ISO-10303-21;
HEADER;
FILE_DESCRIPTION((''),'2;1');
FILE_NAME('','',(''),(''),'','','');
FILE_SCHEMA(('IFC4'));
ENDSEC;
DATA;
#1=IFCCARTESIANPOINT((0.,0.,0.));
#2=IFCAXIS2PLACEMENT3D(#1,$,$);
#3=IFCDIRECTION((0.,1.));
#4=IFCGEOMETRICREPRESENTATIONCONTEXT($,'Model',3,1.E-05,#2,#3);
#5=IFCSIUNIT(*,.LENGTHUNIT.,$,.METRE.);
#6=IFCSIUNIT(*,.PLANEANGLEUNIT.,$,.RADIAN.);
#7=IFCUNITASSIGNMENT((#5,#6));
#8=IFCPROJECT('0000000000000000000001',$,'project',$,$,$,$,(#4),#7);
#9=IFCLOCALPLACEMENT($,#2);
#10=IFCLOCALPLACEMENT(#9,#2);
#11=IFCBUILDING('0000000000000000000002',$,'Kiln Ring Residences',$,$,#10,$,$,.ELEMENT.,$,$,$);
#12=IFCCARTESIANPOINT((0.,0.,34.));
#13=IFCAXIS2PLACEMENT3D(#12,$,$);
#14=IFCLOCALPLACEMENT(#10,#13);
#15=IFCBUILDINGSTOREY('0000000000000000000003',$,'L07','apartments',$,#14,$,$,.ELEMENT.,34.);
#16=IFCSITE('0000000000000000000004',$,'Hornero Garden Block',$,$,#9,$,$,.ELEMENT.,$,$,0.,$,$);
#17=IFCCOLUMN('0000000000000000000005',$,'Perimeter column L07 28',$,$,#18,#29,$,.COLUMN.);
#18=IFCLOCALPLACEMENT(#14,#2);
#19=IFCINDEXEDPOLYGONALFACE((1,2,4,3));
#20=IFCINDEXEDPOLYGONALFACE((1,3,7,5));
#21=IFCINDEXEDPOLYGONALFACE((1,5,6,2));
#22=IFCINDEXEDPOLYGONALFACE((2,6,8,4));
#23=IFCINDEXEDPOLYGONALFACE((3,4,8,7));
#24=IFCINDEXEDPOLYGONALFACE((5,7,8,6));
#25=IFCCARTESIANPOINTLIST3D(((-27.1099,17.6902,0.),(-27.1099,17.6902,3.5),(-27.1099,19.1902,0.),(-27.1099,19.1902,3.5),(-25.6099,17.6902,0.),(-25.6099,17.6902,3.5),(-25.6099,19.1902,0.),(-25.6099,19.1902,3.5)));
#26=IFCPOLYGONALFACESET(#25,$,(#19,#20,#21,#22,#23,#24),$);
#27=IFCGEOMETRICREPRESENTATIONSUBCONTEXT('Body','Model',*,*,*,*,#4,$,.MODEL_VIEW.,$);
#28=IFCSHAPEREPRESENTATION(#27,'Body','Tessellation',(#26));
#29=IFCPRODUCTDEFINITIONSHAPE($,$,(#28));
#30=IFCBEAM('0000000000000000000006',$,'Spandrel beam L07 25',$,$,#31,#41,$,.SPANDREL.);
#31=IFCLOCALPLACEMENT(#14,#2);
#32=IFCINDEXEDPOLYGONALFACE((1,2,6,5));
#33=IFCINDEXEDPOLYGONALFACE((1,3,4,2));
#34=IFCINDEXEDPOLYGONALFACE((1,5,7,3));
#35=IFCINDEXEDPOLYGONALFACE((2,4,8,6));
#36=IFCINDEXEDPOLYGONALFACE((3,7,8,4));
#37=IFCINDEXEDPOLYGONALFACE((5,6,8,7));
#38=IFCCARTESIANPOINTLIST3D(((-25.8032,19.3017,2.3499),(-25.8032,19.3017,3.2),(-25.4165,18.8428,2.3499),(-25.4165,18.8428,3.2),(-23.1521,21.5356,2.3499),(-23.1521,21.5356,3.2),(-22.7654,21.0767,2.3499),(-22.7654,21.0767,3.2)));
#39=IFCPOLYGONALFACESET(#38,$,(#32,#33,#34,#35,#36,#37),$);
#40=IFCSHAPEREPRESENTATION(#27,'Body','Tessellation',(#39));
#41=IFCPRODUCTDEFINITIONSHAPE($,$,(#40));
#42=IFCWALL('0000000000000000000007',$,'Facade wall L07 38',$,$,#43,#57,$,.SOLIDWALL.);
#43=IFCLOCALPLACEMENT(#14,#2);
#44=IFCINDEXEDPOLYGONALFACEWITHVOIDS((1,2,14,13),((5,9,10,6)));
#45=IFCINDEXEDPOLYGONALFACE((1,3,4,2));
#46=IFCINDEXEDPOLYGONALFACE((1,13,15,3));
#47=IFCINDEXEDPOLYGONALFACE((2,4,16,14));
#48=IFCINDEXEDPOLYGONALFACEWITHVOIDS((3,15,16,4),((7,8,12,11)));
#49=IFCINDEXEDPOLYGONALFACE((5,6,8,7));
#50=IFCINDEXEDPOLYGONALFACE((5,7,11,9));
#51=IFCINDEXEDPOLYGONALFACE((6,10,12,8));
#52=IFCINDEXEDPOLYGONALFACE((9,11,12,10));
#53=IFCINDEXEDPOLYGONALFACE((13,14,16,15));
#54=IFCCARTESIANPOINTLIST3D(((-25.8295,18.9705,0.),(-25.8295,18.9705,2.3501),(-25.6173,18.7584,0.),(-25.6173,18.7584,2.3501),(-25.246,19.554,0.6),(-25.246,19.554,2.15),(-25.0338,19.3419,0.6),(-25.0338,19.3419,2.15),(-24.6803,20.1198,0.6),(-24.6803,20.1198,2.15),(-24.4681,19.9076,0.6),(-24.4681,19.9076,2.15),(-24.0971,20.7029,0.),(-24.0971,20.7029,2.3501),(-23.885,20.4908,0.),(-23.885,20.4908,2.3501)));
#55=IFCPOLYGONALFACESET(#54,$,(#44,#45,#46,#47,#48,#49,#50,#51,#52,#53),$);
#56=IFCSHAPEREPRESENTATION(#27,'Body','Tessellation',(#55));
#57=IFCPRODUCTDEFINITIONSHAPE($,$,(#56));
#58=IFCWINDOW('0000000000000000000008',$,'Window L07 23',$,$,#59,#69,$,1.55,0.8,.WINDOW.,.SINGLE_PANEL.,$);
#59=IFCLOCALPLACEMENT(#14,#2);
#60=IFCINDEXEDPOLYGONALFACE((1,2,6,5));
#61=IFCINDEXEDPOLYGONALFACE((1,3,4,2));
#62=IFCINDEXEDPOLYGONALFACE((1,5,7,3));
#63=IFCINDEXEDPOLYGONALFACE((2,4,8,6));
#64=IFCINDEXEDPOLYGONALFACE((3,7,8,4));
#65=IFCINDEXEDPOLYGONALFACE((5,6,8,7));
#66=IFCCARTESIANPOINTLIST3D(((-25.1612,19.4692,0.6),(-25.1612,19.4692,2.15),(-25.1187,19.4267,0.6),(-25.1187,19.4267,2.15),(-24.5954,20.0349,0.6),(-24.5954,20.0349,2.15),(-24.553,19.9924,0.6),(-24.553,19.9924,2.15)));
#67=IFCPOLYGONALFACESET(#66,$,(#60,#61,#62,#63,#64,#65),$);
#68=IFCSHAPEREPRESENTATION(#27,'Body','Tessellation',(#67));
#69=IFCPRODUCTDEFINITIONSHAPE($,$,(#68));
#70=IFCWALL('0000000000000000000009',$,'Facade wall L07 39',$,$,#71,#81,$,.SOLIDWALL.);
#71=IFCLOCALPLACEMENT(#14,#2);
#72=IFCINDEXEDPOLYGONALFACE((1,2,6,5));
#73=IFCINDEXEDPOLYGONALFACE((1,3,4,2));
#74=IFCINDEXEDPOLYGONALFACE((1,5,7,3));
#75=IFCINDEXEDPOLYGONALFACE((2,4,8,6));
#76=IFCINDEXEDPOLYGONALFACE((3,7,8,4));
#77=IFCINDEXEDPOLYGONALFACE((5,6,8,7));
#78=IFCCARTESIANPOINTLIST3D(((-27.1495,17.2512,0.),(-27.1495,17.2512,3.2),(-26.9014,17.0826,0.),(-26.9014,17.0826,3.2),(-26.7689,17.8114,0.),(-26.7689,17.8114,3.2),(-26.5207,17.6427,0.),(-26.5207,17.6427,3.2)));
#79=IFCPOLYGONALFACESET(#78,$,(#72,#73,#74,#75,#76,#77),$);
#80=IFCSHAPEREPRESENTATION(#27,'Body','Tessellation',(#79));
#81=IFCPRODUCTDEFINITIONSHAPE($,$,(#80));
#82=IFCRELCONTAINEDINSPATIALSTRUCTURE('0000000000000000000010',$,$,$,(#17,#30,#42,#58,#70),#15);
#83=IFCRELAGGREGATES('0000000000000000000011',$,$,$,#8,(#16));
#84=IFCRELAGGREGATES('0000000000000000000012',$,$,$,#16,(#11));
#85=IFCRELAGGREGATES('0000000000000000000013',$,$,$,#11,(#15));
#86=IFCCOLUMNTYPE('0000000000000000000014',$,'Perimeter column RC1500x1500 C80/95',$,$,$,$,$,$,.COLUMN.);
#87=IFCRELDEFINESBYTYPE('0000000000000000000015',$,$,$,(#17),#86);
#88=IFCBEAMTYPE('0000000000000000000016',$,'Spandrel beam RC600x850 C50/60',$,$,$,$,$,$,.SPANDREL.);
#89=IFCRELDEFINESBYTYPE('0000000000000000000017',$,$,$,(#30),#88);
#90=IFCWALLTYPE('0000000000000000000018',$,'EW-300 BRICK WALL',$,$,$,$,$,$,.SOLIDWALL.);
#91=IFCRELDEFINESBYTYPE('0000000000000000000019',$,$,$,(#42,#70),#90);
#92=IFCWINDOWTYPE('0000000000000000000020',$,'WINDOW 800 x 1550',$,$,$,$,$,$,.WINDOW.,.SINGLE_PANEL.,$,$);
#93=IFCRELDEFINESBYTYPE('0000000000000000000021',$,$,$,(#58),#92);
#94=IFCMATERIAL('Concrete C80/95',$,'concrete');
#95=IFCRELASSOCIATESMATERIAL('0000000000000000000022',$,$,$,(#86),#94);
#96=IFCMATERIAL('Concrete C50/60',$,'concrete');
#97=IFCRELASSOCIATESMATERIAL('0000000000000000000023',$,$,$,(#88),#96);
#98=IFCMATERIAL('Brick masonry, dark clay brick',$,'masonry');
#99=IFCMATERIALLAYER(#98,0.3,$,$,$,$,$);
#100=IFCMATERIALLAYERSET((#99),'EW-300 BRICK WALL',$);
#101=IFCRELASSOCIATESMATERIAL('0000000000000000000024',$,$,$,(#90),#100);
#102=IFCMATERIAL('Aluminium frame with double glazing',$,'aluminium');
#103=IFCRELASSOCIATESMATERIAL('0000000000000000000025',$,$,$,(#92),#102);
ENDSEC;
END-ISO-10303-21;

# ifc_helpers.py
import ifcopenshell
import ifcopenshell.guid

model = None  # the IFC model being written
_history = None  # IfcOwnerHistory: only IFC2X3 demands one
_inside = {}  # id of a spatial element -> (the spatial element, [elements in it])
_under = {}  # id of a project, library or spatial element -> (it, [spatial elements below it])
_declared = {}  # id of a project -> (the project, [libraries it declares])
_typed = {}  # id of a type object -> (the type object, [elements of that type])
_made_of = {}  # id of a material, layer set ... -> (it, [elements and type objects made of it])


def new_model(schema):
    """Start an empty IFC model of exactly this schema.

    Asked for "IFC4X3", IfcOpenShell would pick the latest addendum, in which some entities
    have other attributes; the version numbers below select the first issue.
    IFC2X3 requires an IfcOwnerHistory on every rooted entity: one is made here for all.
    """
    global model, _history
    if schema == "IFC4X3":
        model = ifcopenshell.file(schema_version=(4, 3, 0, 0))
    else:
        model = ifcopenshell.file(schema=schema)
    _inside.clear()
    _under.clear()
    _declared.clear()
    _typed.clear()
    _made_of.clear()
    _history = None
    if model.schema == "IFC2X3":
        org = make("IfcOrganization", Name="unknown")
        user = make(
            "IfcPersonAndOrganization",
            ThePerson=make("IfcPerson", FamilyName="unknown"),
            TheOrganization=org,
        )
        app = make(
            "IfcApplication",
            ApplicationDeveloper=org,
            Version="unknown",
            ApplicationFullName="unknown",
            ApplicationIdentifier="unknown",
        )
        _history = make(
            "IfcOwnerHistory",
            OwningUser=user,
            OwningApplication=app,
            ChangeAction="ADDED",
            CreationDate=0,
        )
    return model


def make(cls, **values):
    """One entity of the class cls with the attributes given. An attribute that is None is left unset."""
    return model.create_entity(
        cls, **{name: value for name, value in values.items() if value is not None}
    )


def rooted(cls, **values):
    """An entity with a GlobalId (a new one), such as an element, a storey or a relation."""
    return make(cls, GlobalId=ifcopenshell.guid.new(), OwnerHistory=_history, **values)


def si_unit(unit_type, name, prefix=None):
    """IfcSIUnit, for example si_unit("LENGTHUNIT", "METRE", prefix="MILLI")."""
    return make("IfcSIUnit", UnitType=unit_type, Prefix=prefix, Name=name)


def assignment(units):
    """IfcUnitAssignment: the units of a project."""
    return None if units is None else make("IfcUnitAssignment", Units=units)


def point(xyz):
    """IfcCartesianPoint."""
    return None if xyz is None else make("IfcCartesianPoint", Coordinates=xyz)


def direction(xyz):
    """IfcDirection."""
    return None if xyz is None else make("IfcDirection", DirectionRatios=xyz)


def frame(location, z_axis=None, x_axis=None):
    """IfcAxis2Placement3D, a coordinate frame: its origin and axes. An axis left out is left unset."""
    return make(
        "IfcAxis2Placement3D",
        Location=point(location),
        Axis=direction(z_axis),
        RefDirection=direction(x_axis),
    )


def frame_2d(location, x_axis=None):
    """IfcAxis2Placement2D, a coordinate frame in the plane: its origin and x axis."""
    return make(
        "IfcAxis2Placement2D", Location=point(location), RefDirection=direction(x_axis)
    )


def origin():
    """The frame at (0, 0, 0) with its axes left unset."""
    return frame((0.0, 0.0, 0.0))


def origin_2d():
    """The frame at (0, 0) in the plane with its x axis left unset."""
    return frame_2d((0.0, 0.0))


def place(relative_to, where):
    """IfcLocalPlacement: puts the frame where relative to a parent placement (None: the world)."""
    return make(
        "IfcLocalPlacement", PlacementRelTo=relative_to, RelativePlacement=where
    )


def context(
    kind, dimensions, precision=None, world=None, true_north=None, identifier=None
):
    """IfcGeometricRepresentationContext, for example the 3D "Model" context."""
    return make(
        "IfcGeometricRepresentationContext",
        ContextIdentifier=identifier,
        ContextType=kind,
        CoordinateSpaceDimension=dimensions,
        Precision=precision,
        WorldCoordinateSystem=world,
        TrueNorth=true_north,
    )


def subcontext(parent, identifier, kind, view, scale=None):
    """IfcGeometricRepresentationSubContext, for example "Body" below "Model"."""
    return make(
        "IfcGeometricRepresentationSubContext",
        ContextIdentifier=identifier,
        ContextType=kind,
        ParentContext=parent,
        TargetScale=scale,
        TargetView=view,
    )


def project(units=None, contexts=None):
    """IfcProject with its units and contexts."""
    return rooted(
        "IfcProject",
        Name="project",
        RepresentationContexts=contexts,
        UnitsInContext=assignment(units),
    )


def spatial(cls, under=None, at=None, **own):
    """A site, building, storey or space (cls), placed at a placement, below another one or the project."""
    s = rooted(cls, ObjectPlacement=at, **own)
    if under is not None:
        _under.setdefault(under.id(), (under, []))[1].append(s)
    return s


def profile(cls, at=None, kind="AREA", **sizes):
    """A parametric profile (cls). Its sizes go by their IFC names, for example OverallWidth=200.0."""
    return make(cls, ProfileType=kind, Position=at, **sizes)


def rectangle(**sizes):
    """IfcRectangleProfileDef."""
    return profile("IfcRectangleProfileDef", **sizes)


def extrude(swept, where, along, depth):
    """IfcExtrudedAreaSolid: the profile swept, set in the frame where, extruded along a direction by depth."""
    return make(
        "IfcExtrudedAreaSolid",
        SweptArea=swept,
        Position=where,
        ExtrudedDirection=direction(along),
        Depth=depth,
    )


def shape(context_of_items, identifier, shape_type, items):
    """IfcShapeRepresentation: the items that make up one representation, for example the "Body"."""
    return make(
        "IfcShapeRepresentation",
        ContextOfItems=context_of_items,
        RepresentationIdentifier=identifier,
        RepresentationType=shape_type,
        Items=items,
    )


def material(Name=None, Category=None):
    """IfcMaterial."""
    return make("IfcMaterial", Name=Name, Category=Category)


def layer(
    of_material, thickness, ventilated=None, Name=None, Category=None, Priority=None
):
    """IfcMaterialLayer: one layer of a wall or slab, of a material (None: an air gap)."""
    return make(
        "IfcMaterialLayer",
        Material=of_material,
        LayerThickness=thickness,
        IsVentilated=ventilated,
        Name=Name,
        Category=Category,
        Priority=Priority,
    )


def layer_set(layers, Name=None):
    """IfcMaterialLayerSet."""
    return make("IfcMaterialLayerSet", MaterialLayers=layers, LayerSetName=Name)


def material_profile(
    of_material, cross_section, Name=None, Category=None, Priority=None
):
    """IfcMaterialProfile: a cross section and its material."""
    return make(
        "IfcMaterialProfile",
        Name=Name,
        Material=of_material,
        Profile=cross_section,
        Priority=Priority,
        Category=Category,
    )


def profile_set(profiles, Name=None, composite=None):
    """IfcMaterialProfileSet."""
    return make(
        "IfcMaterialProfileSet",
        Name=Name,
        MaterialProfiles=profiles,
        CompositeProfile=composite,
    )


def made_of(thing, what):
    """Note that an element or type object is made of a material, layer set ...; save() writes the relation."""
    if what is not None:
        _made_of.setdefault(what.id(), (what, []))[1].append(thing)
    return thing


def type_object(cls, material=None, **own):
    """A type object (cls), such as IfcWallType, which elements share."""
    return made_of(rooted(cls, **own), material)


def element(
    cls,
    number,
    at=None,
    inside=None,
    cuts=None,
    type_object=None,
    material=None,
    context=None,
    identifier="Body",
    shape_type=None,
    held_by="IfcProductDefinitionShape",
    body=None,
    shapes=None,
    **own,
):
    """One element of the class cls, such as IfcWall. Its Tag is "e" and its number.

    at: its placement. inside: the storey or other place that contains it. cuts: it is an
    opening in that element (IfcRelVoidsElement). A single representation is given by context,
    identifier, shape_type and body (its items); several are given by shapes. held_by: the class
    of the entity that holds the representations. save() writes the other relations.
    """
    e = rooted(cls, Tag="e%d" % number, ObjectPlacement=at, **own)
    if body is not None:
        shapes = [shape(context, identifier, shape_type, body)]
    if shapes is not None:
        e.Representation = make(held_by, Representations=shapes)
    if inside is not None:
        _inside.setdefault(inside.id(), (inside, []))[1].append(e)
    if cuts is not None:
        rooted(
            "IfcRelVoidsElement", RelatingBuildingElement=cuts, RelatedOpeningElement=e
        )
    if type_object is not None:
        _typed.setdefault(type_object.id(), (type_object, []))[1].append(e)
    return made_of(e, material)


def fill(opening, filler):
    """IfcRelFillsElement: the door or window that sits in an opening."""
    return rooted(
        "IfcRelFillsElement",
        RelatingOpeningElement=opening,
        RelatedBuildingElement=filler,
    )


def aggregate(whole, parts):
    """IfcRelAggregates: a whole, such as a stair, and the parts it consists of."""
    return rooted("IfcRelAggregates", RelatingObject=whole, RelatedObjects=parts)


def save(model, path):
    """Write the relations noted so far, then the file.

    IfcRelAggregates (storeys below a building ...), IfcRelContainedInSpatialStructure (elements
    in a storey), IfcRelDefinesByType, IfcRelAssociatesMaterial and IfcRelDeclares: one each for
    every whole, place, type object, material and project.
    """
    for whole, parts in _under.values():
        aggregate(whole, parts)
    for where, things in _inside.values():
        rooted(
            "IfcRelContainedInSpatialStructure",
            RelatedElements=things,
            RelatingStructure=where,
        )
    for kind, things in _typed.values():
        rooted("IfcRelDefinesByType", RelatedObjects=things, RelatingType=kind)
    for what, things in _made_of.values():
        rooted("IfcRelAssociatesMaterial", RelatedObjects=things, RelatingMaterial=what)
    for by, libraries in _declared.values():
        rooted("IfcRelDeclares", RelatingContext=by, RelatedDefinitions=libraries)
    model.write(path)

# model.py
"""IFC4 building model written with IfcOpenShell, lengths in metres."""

from ifc_helpers import new_model, si_unit, direction, frame, frame_2d, origin, origin_2d, place, context, subcontext, project, spatial, rectangle, extrude, material, layer, layer_set, material_profile, profile_set, type_object, element, fill, save


model = new_model("IFC4")

# Units and contexts
model_context = context("Model", 3, precision=1e-05, world=origin(), true_north=direction((0.0, 1.0)))
body_context = subcontext(model_context, "Body", "Model", "MODEL_VIEW")
ifc_project = project(units=[si_unit("LENGTHUNIT", "METRE"), si_unit("PLANEANGLEUNIT", "RADIAN")], contexts=[model_context])

# Site, building, storey
site_placement = place(None, origin())
site = spatial("IfcSite", under=ifc_project, at=site_placement, Name="Hornero Garden Block", CompositionType="ELEMENT", RefElevation=0.0)
building_placement = place(site_placement, origin())
building = spatial("IfcBuilding", under=site, at=building_placement, Name="Kiln Ring Residences", CompositionType="ELEMENT")
storey_placement = place(building_placement, frame((0.0, 0.0, 34.0)))
storey = spatial("IfcBuildingStorey", under=building, at=storey_placement, Name="L07", Description="apartments", CompositionType="ELEMENT", Elevation=34.0)

# Column
ifc_material_1 = material(Name="Concrete C80/95", Category="concrete")
ifc_material_profile_1 = material_profile(ifc_material_1, rectangle(XDim=1.5, YDim=1.5, at=origin_2d()), Name="RC1500x1500")
ifc_profile_set_1 = profile_set([ifc_material_profile_1], Name="Concrete C80/95")
column_type = type_object("IfcColumnType", Name="Perimeter column RC1500x1500 C80/95", PredefinedType="COLUMN", material=ifc_profile_set_1)
column_placement = place(storey_placement, frame((-26.3599, 18.4402, 0.0), z_axis=(0.0, 0.0, 1.0), x_axis=(1.0, 0.0, 0.0)))
element("IfcColumn", 1, at=column_placement, inside=storey, type_object=column_type, Name="Perimeter column L07 28", PredefinedType="COLUMN", context=body_context, shape_type="SweptSolid", body=[
    extrude(rectangle(XDim=1.5, YDim=1.5, at=origin_2d()), origin(), (0.0, 0.0, 1.0), 3.5),
])

# Beam
ifc_material_2 = material(Name="Concrete C50/60", Category="concrete")
ifc_material_profile_2 = material_profile(ifc_material_2, rectangle(XDim=0.6001, YDim=0.8501, at=origin_2d()), Name="RC600x850")
ifc_profile_set_2 = profile_set([ifc_material_profile_2], Name="Concrete C50/60")
beam_type = type_object("IfcBeamType", Name="Spandrel beam RC600x850 C50/60", PredefinedType="SPANDREL", material=ifc_profile_set_2)
beam_placement = place(storey_placement, frame((-22.9587, 21.3062, 2.7749), z_axis=(-0.764718, -0.644366, 0.0), x_axis=(0.644366, -0.764718, 0.0)))
element("IfcBeam", 2, at=beam_placement, inside=storey, type_object=beam_type, Name="Spandrel beam L07 25", PredefinedType="SPANDREL", context=body_context, shape_type="SweptSolid", body=[
    extrude(rectangle(XDim=0.6001, YDim=0.8501, at=origin_2d()), origin(), (0.0, 0.0, 1.0), 3.4668),
])

# Wall, opening, window
ifc_material_3 = material(Name="Brick masonry, dark clay brick", Category="masonry")
ifc_layer_1 = layer(ifc_material_3, 0.3)
ifc_layer_set_1 = layer_set([ifc_layer_1], Name="EW-300 BRICK WALL")
wall_type_1 = type_object("IfcWallType", Name="EW-300 BRICK WALL", PredefinedType="SOLIDWALL", material=ifc_layer_set_1)
wall_1_placement = place(storey_placement, frame((-23.991, 20.5969, 0.0), z_axis=(0.0, 0.0, 1.0), x_axis=(-0.707107, -0.707107, 0.0)))
wall_1 = element("IfcWall", 3, at=wall_1_placement, inside=storey, type_object=wall_type_1, Name="Facade wall L07 38", PredefinedType="SOLIDWALL", context=body_context, shape_type="SweptSolid", body=[
    extrude(rectangle(XDim=2.45, YDim=0.3, at=frame_2d((1.2251, 0.0))), origin(), (0.0, 0.0, 1.0), 2.3501),
])
opening_1_placement = place(wall_1_placement, frame((0.825, 0.0, 0.6001)))
opening_1 = element("IfcOpeningElement", 4, at=opening_1_placement, cuts=wall_1, PredefinedType="OPENING", context=body_context, shape_type="SweptSolid", body=[
    extrude(rectangle(XDim=0.8, YDim=1.55, at=frame_2d((0.3999, 0.7749))), frame((0.0, 0.1599, 0.0), z_axis=(0.0, -1.0, 0.0), x_axis=(1.0, 0.0, 0.0)), (0.0, 0.0, 1.0), 0.3201),
])
ifc_material_4 = material(Name="Aluminium frame with double glazing", Category="aluminium")
window_type = type_object("IfcWindowType", Name="WINDOW 800 x 1550", PartitioningType="SINGLE_PANEL", PredefinedType="WINDOW", material=ifc_material_4)
window_placement = place(opening_1_placement, origin())
window = element("IfcWindow", 5, at=window_placement, inside=storey, type_object=window_type, Name="Window L07 23", OverallHeight=1.55, OverallWidth=0.8, PartitioningType="SINGLE_PANEL", PredefinedType="WINDOW", context=body_context, shape_type="SweptSolid", body=[
    extrude(rectangle(XDim=0.8, YDim=1.55, at=frame_2d((0.3999, 0.7749))), frame((0.0, 0.03, 0.0), z_axis=(0.0, -1.0, 0.0), x_axis=(1.0, 0.0, 0.0)), (0.0, 0.0, 1.0), 0.0601),
])
fill(opening_1, window)

# Wall
wall_2_placement = place(storey_placement, frame((-26.6448, 17.7271, 0.0), z_axis=(0.0, 0.0, 1.0), x_axis=(-0.562083, -0.827081, 0.0)))
element("IfcWall", 6, at=wall_2_placement, inside=storey, type_object=wall_type_1, Name="Facade wall L07 39", PredefinedType="SOLIDWALL", context=body_context, shape_type="SweptSolid", body=[
    extrude(rectangle(XDim=0.6772, YDim=0.3, at=frame_2d((0.3386, 0.0))), origin(), (0.0, 0.0, 1.0), 3.2),
])

save(model, "model.ifc")
